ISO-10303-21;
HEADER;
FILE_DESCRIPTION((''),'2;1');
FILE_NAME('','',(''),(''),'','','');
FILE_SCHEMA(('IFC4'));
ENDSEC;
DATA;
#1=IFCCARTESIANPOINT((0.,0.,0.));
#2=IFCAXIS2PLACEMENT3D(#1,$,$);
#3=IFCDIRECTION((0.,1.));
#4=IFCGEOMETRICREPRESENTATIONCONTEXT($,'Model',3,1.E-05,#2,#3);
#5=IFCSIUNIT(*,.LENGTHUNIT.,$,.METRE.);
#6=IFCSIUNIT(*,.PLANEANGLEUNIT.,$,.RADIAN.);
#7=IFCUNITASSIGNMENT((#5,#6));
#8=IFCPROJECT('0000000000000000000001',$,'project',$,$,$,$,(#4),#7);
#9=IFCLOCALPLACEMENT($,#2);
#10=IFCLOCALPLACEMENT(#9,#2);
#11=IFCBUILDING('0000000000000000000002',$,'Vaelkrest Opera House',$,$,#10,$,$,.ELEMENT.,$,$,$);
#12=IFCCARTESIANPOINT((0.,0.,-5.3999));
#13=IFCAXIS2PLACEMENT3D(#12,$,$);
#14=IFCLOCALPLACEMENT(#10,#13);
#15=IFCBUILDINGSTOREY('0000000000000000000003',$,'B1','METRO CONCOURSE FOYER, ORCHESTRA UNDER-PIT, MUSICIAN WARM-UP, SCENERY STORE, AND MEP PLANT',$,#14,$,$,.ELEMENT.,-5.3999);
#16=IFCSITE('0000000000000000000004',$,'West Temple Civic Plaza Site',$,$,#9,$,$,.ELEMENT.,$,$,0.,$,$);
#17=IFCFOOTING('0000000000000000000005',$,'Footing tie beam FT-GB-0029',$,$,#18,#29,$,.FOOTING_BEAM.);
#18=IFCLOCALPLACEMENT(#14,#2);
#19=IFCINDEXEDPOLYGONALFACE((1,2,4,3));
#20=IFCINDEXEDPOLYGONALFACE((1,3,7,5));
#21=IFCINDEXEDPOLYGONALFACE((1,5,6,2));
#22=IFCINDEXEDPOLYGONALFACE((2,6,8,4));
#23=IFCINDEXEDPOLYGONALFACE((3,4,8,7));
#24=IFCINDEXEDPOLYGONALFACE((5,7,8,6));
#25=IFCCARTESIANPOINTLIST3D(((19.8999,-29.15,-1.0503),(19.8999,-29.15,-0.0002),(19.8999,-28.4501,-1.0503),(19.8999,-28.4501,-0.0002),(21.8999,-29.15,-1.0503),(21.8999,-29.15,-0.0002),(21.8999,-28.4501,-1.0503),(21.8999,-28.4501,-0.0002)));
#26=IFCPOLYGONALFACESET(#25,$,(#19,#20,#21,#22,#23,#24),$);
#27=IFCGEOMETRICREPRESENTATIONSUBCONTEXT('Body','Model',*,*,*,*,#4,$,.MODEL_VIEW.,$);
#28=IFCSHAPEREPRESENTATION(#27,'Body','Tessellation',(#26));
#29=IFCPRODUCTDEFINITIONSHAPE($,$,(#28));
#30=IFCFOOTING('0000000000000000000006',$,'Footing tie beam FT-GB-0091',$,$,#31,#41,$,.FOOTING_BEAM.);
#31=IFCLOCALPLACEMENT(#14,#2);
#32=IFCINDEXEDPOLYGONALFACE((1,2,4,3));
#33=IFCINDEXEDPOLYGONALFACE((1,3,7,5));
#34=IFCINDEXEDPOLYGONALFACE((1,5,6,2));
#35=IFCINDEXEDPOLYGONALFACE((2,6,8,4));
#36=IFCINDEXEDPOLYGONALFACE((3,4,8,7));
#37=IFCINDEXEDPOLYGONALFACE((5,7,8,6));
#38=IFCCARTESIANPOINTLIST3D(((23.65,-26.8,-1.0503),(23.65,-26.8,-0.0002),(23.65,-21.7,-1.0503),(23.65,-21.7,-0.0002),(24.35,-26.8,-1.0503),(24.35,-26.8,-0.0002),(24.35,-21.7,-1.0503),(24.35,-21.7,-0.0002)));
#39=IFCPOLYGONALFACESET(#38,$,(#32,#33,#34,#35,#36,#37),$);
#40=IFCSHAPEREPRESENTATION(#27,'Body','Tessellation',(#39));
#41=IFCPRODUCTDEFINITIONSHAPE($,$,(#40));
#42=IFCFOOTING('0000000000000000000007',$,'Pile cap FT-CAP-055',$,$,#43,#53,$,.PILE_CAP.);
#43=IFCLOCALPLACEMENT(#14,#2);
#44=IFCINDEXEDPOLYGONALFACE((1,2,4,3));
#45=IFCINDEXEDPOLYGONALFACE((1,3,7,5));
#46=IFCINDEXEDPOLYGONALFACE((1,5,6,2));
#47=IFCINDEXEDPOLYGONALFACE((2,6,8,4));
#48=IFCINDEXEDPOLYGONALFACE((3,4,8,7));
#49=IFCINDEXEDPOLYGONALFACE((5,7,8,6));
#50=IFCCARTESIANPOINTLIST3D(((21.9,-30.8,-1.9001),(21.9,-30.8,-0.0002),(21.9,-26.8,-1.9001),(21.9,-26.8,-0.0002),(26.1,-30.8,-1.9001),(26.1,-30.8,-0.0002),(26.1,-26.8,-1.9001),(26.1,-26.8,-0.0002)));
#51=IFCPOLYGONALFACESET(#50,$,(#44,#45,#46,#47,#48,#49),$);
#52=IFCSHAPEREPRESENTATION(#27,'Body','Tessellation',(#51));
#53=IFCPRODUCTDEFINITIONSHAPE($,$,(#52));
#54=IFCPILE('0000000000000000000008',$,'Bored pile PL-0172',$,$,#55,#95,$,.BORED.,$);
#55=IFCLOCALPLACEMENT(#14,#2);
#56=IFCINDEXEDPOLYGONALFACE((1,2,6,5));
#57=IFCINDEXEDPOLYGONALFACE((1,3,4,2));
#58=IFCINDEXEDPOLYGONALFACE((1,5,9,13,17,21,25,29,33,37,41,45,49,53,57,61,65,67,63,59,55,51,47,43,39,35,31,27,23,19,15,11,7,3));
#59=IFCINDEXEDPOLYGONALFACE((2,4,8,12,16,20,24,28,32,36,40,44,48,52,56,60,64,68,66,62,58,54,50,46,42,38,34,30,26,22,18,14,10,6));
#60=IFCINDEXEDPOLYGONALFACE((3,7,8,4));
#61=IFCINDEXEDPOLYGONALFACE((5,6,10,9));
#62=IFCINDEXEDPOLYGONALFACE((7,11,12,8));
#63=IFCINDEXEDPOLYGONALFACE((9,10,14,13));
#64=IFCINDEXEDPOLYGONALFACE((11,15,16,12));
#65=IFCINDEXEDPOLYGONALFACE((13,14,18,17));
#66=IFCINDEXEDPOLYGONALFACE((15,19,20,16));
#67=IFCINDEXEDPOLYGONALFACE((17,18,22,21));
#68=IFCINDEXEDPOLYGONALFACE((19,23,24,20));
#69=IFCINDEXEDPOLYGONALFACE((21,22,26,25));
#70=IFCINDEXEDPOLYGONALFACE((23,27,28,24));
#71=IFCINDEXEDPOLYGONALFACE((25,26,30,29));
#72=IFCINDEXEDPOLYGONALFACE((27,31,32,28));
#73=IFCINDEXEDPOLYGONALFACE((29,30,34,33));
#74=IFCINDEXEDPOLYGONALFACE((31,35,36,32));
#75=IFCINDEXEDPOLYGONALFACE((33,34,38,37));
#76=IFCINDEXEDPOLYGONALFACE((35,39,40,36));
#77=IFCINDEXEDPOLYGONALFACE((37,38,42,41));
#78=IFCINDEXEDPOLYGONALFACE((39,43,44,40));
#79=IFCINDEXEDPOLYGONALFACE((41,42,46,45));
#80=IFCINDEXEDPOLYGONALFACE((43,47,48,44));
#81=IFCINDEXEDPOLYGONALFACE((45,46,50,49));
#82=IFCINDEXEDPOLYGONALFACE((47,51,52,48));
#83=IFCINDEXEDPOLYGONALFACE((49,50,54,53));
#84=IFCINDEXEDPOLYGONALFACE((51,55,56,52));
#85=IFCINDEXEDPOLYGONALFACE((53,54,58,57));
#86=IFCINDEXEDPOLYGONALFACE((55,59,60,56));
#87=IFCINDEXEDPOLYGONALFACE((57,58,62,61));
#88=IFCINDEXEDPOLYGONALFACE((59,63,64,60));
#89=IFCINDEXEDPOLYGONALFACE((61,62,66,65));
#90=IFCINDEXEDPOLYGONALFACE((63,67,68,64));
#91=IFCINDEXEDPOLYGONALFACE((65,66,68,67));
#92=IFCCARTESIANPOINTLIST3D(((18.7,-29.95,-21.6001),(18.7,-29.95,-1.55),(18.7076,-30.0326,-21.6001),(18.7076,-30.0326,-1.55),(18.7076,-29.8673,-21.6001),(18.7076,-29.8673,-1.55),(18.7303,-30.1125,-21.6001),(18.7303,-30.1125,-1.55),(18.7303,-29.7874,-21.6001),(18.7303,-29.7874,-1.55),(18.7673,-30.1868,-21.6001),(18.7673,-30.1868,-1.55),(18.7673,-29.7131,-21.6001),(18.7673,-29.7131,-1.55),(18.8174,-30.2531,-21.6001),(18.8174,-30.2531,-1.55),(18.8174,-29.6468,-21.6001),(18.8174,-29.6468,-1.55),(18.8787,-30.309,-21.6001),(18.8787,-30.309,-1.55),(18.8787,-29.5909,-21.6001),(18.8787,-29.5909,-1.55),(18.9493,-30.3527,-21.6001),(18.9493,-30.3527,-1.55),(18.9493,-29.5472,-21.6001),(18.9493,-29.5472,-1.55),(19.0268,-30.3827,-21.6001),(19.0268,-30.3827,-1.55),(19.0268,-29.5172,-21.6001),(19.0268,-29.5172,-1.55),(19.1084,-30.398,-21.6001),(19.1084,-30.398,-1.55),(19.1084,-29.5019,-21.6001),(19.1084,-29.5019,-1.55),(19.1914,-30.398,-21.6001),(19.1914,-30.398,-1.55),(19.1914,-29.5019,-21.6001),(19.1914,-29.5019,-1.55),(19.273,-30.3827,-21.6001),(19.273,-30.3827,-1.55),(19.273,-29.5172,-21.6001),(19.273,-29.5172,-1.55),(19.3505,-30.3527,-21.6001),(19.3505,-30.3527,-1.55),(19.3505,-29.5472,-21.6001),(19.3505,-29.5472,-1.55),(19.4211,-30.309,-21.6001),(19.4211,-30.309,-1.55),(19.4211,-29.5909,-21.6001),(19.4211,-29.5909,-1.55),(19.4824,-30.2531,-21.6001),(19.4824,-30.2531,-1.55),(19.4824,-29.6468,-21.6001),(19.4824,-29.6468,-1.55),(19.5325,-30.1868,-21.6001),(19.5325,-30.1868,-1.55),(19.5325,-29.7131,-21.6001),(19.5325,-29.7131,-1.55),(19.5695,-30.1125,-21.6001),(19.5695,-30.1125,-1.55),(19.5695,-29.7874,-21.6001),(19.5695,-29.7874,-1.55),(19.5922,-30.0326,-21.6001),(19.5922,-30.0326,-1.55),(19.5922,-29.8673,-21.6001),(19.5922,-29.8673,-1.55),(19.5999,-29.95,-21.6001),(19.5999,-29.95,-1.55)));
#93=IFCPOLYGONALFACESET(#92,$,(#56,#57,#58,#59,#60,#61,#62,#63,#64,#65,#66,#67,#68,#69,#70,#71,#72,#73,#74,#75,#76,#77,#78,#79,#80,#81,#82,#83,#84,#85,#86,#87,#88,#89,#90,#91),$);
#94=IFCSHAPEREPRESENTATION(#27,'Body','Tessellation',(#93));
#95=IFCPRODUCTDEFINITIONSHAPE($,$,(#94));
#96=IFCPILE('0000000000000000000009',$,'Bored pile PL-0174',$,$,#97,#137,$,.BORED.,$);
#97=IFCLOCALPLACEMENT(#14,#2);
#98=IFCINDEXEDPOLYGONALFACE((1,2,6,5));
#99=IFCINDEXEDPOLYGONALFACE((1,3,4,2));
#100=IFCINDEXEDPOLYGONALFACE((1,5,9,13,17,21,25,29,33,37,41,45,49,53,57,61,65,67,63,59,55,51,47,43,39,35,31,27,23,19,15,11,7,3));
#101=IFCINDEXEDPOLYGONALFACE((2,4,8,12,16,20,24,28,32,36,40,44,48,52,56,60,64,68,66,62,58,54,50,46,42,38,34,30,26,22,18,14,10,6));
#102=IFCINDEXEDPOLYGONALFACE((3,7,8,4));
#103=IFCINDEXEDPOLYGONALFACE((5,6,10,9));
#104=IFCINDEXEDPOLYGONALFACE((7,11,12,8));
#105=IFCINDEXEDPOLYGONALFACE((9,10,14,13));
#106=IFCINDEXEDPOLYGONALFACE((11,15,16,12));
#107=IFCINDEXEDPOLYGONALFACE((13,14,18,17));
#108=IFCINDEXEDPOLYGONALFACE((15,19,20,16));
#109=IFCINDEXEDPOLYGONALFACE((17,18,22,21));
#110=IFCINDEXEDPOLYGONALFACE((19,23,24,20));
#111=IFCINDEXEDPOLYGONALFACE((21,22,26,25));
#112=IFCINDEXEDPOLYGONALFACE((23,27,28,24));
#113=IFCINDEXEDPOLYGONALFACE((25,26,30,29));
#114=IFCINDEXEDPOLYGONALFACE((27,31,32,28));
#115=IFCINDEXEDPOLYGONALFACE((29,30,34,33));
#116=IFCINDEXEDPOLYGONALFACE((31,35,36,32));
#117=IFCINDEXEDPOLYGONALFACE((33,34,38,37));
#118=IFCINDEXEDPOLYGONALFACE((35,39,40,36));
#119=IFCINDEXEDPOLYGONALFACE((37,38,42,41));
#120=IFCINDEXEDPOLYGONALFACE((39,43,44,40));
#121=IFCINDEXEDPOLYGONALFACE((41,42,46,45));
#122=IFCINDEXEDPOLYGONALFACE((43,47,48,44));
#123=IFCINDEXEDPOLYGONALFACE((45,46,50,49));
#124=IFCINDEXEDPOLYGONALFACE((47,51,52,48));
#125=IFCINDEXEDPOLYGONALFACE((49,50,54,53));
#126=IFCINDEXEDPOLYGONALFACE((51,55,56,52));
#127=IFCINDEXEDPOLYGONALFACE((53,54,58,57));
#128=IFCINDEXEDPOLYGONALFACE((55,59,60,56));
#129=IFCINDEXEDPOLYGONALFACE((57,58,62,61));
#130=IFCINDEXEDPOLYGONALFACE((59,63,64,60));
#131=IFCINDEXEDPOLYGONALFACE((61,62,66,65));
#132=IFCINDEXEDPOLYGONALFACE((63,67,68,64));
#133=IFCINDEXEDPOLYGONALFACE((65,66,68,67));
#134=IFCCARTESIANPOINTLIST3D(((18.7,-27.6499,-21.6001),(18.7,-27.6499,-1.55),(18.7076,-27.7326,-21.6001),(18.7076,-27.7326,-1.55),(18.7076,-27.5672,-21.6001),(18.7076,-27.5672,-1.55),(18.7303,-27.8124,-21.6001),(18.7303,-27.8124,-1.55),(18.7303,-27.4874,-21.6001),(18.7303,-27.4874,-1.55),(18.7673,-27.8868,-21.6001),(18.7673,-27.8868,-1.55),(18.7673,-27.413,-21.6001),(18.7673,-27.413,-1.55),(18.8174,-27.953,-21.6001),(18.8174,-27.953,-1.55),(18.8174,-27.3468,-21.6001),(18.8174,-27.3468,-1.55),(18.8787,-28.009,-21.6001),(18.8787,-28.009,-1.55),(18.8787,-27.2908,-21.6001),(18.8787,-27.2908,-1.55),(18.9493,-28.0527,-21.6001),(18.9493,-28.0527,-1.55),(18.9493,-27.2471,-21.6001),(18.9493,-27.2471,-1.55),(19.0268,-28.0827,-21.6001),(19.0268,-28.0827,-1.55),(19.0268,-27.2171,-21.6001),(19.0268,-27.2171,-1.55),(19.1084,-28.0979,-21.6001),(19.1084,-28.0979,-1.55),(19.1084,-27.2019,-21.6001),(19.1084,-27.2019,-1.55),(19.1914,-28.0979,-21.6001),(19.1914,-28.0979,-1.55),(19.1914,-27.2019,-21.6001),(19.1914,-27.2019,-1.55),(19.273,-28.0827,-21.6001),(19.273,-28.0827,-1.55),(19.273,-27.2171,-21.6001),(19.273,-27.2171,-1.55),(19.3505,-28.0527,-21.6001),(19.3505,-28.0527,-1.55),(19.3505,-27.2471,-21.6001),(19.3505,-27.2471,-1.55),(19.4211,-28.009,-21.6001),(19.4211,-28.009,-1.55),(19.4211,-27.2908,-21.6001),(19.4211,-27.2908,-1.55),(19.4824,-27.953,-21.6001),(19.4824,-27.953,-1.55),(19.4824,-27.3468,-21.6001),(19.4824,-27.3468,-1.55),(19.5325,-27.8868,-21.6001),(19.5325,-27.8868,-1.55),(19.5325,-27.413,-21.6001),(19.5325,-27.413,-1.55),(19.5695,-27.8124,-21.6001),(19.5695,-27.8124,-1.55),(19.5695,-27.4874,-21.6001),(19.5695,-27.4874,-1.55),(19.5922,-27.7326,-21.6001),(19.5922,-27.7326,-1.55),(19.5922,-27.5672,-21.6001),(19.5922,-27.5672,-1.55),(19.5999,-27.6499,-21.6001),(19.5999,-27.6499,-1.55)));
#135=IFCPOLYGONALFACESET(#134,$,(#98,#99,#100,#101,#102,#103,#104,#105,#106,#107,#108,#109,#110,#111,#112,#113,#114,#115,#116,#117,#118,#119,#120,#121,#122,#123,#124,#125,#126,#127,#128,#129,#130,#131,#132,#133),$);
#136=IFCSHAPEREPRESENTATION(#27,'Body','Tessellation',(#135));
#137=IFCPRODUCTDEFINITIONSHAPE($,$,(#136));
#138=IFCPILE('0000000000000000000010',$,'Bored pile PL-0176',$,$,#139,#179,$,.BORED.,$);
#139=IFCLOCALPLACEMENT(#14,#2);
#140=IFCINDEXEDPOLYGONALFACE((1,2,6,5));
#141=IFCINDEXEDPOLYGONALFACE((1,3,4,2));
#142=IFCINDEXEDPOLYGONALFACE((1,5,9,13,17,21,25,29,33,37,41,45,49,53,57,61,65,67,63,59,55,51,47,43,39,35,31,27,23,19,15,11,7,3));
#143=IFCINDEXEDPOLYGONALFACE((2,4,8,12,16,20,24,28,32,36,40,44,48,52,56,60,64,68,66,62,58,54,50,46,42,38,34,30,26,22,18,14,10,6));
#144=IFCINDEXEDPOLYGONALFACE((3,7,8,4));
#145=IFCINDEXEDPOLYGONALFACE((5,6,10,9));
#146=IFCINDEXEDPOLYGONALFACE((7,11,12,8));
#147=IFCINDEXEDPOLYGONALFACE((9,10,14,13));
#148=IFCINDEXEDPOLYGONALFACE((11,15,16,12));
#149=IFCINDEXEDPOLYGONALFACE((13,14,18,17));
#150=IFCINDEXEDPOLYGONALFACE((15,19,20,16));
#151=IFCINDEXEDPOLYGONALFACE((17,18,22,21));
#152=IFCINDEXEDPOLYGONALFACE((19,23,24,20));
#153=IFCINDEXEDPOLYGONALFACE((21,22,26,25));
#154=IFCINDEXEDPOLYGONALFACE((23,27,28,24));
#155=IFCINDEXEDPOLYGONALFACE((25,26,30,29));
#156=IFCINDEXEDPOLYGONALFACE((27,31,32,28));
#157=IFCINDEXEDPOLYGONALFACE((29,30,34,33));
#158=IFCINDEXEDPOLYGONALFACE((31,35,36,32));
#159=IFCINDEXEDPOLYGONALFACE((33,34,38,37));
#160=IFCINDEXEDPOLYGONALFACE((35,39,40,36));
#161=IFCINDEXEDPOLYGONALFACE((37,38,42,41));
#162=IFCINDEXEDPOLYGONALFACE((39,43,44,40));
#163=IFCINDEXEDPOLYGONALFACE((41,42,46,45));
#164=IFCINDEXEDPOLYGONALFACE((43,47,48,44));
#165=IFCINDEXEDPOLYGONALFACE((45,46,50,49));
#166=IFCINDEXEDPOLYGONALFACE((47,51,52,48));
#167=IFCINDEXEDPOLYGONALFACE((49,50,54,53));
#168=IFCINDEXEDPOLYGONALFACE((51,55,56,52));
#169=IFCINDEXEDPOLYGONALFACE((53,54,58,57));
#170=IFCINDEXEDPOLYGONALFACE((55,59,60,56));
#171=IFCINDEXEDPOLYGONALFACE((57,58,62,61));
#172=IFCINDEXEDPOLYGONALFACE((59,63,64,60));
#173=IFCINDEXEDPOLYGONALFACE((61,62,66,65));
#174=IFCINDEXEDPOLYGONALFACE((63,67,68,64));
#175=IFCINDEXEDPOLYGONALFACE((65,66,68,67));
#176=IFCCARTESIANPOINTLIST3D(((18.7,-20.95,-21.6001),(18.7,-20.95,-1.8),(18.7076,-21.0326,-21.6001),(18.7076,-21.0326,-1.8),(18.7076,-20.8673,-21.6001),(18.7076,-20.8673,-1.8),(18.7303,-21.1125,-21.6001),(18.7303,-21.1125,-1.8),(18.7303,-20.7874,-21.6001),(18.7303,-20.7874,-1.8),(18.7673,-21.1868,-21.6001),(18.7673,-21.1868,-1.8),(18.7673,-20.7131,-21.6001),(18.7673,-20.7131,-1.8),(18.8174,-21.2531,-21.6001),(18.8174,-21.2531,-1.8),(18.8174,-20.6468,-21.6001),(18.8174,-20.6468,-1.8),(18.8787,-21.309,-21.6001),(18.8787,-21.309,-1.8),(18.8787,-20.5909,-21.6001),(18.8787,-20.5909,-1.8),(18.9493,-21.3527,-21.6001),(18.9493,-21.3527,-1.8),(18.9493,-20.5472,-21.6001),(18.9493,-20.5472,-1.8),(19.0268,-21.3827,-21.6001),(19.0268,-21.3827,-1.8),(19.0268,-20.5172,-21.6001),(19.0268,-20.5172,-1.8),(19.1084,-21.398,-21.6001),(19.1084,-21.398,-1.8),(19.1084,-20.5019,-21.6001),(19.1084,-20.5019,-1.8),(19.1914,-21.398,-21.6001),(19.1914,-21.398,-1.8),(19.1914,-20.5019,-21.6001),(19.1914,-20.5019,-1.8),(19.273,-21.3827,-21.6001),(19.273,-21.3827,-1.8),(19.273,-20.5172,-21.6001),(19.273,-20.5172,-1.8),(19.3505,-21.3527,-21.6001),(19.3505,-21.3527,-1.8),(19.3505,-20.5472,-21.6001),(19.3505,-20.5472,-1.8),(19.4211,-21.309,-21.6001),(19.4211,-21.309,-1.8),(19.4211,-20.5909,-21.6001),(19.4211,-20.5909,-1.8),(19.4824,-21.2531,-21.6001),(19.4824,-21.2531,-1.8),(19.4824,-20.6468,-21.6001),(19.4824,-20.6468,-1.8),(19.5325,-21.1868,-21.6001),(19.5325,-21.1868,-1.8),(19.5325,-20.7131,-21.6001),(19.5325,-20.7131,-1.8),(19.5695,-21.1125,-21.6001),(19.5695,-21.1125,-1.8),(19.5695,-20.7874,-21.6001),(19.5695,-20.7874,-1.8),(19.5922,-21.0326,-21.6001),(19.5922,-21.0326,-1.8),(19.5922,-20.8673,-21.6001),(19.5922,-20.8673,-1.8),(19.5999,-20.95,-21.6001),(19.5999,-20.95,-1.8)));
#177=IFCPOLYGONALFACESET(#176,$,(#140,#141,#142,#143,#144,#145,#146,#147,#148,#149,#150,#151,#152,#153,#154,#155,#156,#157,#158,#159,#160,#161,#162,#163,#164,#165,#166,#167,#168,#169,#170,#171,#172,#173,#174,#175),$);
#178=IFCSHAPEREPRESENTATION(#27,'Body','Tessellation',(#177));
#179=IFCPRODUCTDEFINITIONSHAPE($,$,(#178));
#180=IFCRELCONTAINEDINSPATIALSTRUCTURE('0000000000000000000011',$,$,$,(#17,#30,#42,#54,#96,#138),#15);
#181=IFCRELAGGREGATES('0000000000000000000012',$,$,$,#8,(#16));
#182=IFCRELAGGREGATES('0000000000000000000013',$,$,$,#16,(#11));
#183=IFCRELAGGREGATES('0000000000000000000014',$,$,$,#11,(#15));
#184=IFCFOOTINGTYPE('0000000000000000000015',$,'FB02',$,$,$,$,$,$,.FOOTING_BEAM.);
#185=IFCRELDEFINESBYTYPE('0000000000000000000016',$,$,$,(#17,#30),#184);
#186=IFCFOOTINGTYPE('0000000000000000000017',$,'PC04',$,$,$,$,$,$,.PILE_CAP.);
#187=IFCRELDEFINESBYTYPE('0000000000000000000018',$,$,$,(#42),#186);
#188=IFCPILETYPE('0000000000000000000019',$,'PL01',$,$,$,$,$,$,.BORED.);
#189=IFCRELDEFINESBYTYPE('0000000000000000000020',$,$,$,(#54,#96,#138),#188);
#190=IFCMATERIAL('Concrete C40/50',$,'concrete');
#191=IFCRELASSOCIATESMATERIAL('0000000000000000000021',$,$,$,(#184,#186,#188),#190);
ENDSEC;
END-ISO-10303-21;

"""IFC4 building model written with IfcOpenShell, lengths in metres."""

from ifc_helpers import new_model, si_unit, direction, frame, origin, origin_2d, place, context, subcontext, project, spatial, rectangle, circle, extrude, material, material_profile, profile_set, type_object, element, save


model = new_model("IFC4")

# Units and contexts
model_context = context("Model", 3, precision=1e-05, world=origin(), true_north=direction((0.0, 1.0)))
body_context = subcontext(model_context, "Body", "Model", "MODEL_VIEW")
ifc_project = project(units=[si_unit("LENGTHUNIT", "METRE"), si_unit("PLANEANGLEUNIT", "RADIAN")], contexts=[model_context])

# Site, building, storey
site_placement = place(None, origin())
site = spatial("IfcSite", under=ifc_project, at=site_placement, Name="West Temple Civic Plaza Site", CompositionType="ELEMENT", RefElevation=0.0)
building_placement = place(site_placement, origin())
building = spatial("IfcBuilding", under=site, at=building_placement, Name="Vaelkrest Opera House", CompositionType="ELEMENT")
storey_placement = place(building_placement, frame((0.0, 0.0, -5.3999)))
storey = spatial("IfcBuildingStorey", under=building, at=storey_placement, Name="B1", Description="METRO CONCOURSE FOYER, ORCHESTRA UNDER-PIT, MUSICIAN WARM-UP, SCENERY STORE, AND MEP PLANT", CompositionType="ELEMENT", Elevation=-5.3999)

# Footings
ifc_material_1 = material(Name="Concrete C40/50", Category="concrete")
footing_type_1 = type_object("IfcFootingType", Name="FB02", PredefinedType="FOOTING_BEAM", material=ifc_material_1)
footing_1_placement = place(storey_placement, frame((20.8999, -28.8, -1.0503), z_axis=(0.0, 0.0, 1.0), x_axis=(1.0, 0.0, 0.0)))
element("IfcFooting", 1, at=footing_1_placement, inside=storey, type_object=footing_type_1, Name="Footing tie beam FT-GB-0029", PredefinedType="FOOTING_BEAM", context=body_context, shape_type="SweptSolid", body=[
    extrude(rectangle(XDim=2.0, YDim=0.7, at=origin_2d()), origin(), (0.0, 0.0, 1.0), 1.05),
])
footing_2_placement = place(storey_placement, frame((24.0, -24.25, -1.0503), z_axis=(0.0, 0.0, 1.0), x_axis=(0.0, 1.0, 0.0)))
element("IfcFooting", 2, at=footing_2_placement, inside=storey, type_object=footing_type_1, Name="Footing tie beam FT-GB-0091", PredefinedType="FOOTING_BEAM", context=body_context, shape_type="SweptSolid", body=[
    extrude(rectangle(XDim=5.1001, YDim=0.7, at=origin_2d()), origin(), (0.0, 0.0, 1.0), 1.05),
])
footing_type_2 = type_object("IfcFootingType", Name="PC04", PredefinedType="PILE_CAP", material=ifc_material_1)
footing_3_placement = place(storey_placement, frame((24.0, -28.8, -1.9001), z_axis=(0.0, 0.0, 1.0), x_axis=(1.0, 0.0, 0.0)))
element("IfcFooting", 3, at=footing_3_placement, inside=storey, type_object=footing_type_2, Name="Pile cap FT-CAP-055", PredefinedType="PILE_CAP", context=body_context, shape_type="SweptSolid", body=[
    extrude(rectangle(XDim=4.2, YDim=4.0, at=origin_2d()), origin(), (0.0, 0.0, 1.0), 1.8999),
])

# Piles
ifc_material_profile_1 = material_profile(ifc_material_1, circle(Radius=0.45, at=origin_2d()), Name="PILE900")
ifc_profile_set_1 = profile_set([ifc_material_profile_1], Name="Concrete C40/50")
pile_type = type_object("IfcPileType", Name="PL01", PredefinedType="BORED", material=ifc_profile_set_1)
for number, where, z_axis, x_axis, name in (
    (4, (19.1499, -29.95, -1.55), (0.0, 0.0, -1.0), (1.0, 0.0, 0.0), "Bored pile PL-0172"),
    (5, (19.1499, -27.6499, -1.55), (0.0, 0.0, -1.0), (1.0, 0.0, 0.0), "Bored pile PL-0174"),
):
    element("IfcPile", number, at=place(storey_placement, frame(where, z_axis=z_axis, x_axis=x_axis)), inside=storey, type_object=pile_type, Name=name, PredefinedType="BORED", context=body_context, shape_type="SweptSolid", body=[
        extrude(circle(Radius=0.45, at=origin_2d()), origin(), (0.0, 0.0, 1.0), 20.05),
    ])
for number, where, z_axis, x_axis, name in (
    (6, (19.1499, -20.95, -1.8), (0.0, 0.0, -1.0), (1.0, 0.0, 0.0), "Bored pile PL-0176"),
):
    element("IfcPile", number, at=place(storey_placement, frame(where, z_axis=z_axis, x_axis=x_axis)), inside=storey, type_object=pile_type, Name=name, PredefinedType="BORED", context=body_context, shape_type="SweptSolid", body=[
        extrude(circle(Radius=0.45, at=origin_2d()), origin(), (0.0, 0.0, 1.0), 19.8),
    ])

save(model, "model.ifc")
